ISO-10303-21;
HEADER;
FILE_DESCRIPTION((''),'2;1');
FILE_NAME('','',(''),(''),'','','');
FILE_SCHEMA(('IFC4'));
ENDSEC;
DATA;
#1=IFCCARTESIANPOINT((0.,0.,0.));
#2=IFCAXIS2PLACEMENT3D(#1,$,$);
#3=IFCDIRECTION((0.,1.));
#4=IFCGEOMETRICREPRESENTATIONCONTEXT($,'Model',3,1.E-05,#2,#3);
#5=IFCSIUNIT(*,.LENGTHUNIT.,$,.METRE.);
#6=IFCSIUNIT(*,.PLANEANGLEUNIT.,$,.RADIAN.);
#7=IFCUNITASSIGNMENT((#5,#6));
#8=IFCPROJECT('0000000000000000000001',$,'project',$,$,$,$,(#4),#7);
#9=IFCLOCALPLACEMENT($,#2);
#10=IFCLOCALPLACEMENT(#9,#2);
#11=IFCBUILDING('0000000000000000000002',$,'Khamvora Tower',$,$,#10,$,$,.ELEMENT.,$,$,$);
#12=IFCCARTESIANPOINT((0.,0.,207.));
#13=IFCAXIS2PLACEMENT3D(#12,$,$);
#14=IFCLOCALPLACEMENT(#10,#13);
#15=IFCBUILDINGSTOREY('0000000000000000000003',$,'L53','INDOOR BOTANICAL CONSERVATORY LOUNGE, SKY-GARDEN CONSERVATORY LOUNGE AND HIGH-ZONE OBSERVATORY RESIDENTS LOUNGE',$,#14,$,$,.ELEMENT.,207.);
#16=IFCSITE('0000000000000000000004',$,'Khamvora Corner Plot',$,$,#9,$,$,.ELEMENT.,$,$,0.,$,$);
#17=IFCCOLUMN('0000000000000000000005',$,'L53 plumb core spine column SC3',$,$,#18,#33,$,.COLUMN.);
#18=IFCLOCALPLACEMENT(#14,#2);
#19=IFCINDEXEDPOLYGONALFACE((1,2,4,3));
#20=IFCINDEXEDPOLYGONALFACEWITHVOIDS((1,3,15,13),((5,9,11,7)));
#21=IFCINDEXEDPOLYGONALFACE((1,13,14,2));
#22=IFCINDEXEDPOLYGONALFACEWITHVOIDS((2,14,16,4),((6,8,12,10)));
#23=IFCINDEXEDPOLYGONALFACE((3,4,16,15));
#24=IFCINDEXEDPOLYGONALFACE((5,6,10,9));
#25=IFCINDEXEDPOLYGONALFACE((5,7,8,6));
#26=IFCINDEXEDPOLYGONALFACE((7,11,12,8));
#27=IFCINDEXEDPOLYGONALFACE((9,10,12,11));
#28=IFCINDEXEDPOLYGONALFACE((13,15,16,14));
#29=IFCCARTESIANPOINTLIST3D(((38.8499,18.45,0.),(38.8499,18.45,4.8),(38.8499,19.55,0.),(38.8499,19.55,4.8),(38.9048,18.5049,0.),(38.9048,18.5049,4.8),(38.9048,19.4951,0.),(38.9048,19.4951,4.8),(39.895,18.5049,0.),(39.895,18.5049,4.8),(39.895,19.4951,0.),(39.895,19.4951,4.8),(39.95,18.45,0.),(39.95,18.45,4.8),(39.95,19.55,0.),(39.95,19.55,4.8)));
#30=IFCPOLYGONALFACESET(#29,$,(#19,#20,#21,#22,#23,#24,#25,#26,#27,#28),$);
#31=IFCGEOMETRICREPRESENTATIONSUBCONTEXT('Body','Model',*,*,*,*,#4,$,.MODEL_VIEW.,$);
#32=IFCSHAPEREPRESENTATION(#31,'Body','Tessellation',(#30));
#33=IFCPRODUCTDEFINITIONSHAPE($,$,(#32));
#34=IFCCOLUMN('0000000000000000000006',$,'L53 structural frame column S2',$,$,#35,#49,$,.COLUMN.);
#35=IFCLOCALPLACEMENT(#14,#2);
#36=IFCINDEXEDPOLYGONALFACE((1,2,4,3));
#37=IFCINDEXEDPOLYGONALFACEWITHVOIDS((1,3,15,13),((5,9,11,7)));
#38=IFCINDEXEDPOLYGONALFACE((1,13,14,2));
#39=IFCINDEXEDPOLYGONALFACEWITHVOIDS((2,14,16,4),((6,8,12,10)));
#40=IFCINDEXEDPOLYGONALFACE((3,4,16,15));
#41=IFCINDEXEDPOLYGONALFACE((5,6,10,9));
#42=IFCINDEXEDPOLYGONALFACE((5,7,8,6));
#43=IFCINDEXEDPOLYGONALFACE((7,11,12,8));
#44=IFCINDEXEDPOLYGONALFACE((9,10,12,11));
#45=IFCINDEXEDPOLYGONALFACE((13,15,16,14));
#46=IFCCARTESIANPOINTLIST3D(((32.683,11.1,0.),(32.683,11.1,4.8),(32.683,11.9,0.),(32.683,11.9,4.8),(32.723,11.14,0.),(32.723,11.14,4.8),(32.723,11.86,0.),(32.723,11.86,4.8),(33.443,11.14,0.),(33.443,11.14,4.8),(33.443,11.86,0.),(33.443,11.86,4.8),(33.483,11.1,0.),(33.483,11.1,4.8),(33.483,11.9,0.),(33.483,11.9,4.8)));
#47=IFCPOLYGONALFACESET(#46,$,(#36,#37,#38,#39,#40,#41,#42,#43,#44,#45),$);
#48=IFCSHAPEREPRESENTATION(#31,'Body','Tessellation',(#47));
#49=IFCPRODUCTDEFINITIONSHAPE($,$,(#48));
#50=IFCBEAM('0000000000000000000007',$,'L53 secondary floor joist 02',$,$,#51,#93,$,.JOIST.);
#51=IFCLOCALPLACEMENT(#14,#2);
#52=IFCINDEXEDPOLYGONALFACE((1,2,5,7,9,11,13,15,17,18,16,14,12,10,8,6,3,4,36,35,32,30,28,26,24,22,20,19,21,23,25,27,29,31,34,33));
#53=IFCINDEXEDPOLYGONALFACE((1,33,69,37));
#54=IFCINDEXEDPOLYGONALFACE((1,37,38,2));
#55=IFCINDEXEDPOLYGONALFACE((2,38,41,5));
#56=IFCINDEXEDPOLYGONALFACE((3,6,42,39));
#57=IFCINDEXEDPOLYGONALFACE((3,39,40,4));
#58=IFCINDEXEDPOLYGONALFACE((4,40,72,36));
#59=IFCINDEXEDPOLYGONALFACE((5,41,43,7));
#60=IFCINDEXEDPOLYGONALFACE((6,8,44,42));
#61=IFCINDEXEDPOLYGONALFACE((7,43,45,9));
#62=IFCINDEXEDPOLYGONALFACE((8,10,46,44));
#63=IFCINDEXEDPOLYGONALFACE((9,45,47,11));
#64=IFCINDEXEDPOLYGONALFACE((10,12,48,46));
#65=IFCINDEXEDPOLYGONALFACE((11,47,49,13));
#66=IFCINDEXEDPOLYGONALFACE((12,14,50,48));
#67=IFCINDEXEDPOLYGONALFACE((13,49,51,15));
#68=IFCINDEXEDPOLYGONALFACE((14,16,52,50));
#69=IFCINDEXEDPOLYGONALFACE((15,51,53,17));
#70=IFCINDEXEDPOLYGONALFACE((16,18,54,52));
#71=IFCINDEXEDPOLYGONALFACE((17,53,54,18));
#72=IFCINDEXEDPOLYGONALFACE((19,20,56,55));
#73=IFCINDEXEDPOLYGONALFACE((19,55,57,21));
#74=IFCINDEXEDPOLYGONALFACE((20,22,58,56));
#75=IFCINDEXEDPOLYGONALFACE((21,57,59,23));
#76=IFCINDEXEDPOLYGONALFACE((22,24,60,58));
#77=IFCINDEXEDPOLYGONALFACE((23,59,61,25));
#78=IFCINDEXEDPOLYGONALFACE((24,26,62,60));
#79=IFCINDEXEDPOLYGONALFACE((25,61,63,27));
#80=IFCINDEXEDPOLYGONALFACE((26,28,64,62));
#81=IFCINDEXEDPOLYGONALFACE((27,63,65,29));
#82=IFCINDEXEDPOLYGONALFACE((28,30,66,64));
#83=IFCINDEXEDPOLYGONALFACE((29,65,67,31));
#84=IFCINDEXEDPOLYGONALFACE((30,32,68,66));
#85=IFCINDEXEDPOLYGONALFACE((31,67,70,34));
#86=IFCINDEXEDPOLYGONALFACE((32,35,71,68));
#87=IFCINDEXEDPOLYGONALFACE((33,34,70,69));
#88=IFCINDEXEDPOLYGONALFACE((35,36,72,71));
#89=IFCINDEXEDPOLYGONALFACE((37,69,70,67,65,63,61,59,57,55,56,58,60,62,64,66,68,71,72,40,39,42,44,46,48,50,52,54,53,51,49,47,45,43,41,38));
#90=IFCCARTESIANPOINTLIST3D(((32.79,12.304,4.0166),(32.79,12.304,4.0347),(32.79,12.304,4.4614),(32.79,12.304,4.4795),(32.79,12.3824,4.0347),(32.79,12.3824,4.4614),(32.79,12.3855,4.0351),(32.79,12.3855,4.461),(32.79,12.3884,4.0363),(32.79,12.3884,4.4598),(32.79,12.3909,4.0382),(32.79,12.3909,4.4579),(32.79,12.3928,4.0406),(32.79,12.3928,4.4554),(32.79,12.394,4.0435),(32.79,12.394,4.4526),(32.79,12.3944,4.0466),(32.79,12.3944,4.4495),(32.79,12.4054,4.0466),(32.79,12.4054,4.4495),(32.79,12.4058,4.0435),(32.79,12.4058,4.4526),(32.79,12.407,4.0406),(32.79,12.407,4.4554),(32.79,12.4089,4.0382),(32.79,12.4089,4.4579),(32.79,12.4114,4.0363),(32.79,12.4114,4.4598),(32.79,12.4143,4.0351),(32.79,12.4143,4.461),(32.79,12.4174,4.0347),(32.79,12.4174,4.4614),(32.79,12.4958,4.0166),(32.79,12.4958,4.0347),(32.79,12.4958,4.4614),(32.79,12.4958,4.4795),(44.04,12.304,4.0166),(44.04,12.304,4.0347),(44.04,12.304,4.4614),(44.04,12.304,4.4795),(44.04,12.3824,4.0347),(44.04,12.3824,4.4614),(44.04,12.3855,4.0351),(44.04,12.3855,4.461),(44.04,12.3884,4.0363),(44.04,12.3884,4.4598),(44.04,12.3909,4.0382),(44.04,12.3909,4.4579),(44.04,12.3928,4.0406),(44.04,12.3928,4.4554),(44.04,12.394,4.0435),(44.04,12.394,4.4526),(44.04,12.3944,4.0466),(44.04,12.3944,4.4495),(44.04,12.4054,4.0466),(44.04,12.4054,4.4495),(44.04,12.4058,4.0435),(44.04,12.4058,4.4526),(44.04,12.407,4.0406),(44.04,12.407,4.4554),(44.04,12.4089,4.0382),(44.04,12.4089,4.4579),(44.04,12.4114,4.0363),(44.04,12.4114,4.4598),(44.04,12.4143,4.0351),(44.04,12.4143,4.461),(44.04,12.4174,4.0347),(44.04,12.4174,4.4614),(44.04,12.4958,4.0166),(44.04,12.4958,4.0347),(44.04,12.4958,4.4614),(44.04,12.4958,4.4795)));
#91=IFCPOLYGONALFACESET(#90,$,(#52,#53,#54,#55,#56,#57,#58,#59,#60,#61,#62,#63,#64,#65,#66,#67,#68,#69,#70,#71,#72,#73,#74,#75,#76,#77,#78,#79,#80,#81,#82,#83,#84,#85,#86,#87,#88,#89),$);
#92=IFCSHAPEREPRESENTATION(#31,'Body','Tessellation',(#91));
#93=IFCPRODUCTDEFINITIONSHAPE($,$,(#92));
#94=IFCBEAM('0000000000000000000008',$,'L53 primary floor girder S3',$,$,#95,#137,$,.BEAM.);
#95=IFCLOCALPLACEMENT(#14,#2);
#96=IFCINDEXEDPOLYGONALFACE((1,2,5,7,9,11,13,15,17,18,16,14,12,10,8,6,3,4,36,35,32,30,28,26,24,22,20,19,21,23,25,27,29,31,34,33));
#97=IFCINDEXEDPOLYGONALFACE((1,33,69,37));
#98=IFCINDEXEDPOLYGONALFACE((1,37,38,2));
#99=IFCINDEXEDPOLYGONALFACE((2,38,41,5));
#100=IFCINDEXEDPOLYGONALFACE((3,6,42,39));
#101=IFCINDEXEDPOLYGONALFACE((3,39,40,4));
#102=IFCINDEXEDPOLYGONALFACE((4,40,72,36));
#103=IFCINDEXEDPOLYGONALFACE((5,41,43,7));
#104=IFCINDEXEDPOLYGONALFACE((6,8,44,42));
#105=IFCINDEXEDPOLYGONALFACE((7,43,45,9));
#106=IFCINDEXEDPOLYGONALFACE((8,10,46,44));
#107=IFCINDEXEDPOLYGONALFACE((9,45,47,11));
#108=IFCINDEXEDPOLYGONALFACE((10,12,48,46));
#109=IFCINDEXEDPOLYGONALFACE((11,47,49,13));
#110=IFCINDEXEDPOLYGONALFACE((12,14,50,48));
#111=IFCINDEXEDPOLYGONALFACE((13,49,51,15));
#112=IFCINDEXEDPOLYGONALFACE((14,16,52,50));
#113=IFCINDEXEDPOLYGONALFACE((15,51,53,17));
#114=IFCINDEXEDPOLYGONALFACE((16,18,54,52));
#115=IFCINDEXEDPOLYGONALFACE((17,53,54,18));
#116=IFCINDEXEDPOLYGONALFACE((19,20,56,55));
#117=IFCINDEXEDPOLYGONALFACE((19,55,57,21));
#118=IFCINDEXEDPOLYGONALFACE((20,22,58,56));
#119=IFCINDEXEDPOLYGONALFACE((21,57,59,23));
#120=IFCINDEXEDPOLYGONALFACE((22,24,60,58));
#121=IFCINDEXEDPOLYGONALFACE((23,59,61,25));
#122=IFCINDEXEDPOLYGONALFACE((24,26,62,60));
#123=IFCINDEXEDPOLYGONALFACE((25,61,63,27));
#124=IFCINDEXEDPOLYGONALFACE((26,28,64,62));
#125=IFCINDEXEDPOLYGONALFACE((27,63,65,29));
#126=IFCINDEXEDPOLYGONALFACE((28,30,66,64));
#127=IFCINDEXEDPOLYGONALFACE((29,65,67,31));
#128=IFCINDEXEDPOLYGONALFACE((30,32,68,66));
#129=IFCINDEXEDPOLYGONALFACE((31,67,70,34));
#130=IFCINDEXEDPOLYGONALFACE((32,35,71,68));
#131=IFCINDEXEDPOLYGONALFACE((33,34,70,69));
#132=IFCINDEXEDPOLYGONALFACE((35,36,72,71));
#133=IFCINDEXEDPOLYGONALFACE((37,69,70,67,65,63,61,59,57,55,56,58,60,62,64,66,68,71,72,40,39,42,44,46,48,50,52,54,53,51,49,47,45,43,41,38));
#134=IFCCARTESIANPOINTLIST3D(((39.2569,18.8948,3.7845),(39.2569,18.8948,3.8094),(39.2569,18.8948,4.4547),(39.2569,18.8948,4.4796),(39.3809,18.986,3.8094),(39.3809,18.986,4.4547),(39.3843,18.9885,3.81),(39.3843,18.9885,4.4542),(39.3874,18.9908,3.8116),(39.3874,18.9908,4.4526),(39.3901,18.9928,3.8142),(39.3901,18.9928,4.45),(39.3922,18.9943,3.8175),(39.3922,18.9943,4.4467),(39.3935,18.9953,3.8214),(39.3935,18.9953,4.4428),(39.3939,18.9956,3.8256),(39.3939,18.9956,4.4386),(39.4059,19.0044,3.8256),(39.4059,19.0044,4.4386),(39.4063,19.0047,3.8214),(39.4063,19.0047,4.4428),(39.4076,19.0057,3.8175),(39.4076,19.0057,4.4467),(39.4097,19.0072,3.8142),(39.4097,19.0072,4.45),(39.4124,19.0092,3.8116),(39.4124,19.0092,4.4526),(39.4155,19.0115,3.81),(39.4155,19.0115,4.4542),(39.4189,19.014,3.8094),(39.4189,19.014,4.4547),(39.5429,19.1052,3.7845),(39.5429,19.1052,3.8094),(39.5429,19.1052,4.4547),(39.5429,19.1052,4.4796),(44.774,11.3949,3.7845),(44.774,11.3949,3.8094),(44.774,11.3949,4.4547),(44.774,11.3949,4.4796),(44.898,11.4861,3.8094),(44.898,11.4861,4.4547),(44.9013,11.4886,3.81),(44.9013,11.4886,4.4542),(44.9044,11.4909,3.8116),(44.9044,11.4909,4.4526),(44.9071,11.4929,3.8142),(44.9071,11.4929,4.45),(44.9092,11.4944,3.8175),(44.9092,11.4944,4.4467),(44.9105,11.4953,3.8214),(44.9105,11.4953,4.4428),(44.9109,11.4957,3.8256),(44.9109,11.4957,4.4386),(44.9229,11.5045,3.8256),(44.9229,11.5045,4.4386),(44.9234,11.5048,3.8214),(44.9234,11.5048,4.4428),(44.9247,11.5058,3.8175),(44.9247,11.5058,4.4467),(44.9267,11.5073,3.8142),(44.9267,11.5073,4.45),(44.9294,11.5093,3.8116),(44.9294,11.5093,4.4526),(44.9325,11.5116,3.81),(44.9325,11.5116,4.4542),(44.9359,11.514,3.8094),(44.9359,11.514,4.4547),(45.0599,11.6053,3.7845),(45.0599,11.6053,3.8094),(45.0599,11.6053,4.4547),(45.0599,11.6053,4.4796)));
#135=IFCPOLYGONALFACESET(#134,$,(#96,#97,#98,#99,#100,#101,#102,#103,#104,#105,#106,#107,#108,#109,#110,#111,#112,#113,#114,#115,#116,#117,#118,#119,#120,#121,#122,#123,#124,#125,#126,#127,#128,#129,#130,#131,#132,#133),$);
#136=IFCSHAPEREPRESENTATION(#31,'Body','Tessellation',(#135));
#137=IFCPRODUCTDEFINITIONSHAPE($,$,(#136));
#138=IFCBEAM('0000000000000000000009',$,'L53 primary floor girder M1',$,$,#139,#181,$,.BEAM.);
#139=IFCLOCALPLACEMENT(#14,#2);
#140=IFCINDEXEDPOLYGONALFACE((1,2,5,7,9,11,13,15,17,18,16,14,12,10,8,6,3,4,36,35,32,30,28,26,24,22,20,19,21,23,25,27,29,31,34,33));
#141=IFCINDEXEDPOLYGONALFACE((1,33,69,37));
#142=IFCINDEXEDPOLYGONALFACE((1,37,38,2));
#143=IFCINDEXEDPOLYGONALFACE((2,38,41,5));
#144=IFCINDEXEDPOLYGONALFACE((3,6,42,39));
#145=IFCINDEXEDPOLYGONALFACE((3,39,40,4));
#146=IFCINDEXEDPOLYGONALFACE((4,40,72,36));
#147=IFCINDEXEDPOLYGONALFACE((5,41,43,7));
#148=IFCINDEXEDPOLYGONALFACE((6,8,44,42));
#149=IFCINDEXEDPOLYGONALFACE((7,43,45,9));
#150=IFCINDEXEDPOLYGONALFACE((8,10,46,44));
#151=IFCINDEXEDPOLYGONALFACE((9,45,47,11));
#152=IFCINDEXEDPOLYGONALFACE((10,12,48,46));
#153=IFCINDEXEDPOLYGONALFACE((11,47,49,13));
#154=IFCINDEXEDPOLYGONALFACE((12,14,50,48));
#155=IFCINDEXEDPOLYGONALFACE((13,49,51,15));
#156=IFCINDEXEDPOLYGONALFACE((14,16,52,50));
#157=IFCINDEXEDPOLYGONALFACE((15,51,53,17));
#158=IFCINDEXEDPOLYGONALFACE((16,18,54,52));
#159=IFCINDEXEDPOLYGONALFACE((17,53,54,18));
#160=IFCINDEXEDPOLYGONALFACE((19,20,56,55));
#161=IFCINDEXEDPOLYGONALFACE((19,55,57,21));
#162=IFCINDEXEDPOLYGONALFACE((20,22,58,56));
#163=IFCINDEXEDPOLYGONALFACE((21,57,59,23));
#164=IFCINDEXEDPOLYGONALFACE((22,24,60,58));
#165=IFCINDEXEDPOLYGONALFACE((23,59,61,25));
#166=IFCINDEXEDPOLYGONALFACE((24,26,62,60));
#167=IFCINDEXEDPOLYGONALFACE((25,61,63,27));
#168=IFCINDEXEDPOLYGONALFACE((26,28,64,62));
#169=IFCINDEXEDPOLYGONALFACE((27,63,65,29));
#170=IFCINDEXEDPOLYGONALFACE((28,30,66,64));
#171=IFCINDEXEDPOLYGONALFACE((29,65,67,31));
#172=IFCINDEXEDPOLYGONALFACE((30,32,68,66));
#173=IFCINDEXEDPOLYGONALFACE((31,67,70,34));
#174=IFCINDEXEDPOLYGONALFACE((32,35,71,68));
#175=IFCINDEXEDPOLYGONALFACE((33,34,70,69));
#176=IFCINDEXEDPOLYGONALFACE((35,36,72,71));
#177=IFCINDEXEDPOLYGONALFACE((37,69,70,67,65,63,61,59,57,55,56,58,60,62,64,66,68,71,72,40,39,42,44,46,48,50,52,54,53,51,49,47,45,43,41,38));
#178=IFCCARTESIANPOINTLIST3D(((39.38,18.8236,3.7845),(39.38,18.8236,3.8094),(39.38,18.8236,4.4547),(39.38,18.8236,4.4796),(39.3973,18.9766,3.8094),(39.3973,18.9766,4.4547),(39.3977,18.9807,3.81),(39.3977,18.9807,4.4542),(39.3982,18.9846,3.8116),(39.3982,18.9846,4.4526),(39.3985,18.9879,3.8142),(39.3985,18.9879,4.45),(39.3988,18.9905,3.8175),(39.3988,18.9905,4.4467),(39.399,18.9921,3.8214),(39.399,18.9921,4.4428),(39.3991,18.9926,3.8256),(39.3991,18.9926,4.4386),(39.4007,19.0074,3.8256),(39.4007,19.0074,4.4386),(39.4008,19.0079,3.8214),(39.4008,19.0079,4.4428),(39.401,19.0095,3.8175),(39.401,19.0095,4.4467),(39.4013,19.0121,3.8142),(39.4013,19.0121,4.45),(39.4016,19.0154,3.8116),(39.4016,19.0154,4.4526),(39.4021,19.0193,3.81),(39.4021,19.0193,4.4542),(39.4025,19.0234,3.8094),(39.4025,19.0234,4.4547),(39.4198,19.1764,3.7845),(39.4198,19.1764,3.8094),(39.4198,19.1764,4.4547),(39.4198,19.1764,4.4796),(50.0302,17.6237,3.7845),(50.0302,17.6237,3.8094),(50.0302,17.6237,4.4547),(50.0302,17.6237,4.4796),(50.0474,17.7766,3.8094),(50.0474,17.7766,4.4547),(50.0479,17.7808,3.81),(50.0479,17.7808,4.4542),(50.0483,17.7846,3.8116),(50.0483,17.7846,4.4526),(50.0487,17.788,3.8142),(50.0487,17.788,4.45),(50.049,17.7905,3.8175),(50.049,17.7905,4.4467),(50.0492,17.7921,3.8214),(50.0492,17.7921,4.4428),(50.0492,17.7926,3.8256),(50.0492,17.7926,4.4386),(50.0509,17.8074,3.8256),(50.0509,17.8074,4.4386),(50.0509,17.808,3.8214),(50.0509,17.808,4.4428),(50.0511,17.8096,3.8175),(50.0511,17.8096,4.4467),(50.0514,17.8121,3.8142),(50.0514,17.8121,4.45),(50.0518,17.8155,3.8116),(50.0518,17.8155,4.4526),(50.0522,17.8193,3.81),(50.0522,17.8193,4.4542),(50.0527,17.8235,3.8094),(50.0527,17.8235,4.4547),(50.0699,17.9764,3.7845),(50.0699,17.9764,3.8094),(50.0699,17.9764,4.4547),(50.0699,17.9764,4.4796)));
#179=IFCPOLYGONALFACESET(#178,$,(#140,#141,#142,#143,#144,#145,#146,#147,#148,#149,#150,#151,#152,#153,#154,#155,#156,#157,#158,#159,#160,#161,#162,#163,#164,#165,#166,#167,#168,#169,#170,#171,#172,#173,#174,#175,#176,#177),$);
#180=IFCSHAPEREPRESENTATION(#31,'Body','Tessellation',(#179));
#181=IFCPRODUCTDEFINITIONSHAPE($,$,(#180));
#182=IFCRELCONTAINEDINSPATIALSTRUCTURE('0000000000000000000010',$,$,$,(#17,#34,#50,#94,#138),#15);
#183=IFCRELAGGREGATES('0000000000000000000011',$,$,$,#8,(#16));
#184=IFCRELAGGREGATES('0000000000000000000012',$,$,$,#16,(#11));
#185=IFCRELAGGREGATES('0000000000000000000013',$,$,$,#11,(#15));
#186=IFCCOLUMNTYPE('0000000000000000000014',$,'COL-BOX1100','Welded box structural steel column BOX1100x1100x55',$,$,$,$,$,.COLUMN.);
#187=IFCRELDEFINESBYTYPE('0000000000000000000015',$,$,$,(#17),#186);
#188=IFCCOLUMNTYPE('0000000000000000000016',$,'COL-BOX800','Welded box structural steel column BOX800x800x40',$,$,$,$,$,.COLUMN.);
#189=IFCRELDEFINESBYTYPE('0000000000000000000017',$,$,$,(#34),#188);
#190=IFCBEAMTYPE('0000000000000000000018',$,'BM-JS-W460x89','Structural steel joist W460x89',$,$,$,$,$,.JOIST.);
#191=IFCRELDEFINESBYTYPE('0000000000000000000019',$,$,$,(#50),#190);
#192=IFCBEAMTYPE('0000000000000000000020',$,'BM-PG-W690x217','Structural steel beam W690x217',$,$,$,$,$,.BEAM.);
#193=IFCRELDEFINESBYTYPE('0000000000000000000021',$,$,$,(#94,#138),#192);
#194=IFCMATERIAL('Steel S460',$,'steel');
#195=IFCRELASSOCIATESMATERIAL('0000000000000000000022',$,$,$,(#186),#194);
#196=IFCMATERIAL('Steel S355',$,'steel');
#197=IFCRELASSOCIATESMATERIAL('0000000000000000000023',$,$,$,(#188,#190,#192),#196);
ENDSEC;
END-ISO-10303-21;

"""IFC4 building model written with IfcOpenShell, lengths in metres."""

from ifc_helpers import new_model, si_unit, direction, frame, origin, origin_2d, place, context, subcontext, project, spatial, hollow_rectangle, i_section, extrude, material, material_profile, profile_set, type_object, element, save


model = new_model("IFC4")

# Units and contexts
model_context = context("Model", 3, precision=1e-05, world=origin(), true_north=direction((0.0, 1.0)))
body_context = subcontext(model_context, "Body", "Model", "MODEL_VIEW")
ifc_project = project(units=[si_unit("LENGTHUNIT", "METRE"), si_unit("PLANEANGLEUNIT", "RADIAN")], contexts=[model_context])

# Site, building, storey
site_placement = place(None, origin())
site = spatial("IfcSite", under=ifc_project, at=site_placement, Name="Khamvora Corner Plot", CompositionType="ELEMENT", RefElevation=0.0)
building_placement = place(site_placement, origin())
building = spatial("IfcBuilding", under=site, at=building_placement, Name="Khamvora Tower", CompositionType="ELEMENT")
storey_placement = place(building_placement, frame((0.0, 0.0, 207.0)))
storey = spatial("IfcBuildingStorey", under=building, at=storey_placement, Name="L53", Description="INDOOR BOTANICAL CONSERVATORY LOUNGE, SKY-GARDEN CONSERVATORY LOUNGE AND HIGH-ZONE OBSERVATORY RESIDENTS LOUNGE", CompositionType="ELEMENT", Elevation=207.0)

# Columns
ifc_material_1 = material(Name="Steel S460", Category="steel")
ifc_material_profile_1 = material_profile(ifc_material_1, hollow_rectangle(XDim=1.1001, YDim=1.1001, WallThickness=0.0549, at=origin_2d()), Name="BOX1100x1100x55")
ifc_profile_set_1 = profile_set([ifc_material_profile_1], Name="Steel S460")
column_type_1 = type_object("IfcColumnType", Name="COL-BOX1100", Description="Welded box structural steel column BOX1100x1100x55", PredefinedType="COLUMN", material=ifc_profile_set_1)
column_1_placement = place(storey_placement, frame((39.3999, 19.0, 0.0), z_axis=(0.0, 0.0, 1.0), x_axis=(1.0, 0.0, 0.0)))
element("IfcColumn", 1, at=column_1_placement, inside=storey, type_object=column_type_1, Name="L53 plumb core spine column SC3", PredefinedType="COLUMN", context=body_context, shape_type="SweptSolid", body=[
    extrude(hollow_rectangle(XDim=1.1001, YDim=1.1001, WallThickness=0.0549, at=origin_2d()), origin(), (0.0, 0.0, 1.0), 4.8),
])
ifc_material_2 = material(Name="Steel S355", Category="steel")
ifc_material_profile_2 = material_profile(ifc_material_2, hollow_rectangle(XDim=0.8, YDim=0.8, WallThickness=0.04, at=origin_2d()), Name="BOX800x800x40")
ifc_profile_set_2 = profile_set([ifc_material_profile_2], Name="Steel S355")
column_type_2 = type_object("IfcColumnType", Name="COL-BOX800", Description="Welded box structural steel column BOX800x800x40", PredefinedType="COLUMN", material=ifc_profile_set_2)
column_2_placement = place(storey_placement, frame((33.083, 11.5, 0.0), z_axis=(0.0, 0.0, 1.0), x_axis=(1.0, 0.0, 0.0)))
element("IfcColumn", 2, at=column_2_placement, inside=storey, type_object=column_type_2, Name="L53 structural frame column S2", PredefinedType="COLUMN", context=body_context, shape_type="SweptSolid", body=[
    extrude(hollow_rectangle(XDim=0.8, YDim=0.8, WallThickness=0.04, at=origin_2d()), origin(), (0.0, 0.0, 1.0), 4.8),
])

# Beams
ifc_material_profile_3 = material_profile(ifc_material_2, i_section(OverallWidth=0.1919, OverallDepth=0.4629, WebThickness=0.011, FlangeThickness=0.0181, FilletRadius=0.012, at=origin_2d()), Name="W460x89")
ifc_profile_set_3 = profile_set([ifc_material_profile_3], Name="Steel S355")
beam_type_1 = type_object("IfcBeamType", Name="BM-JS-W460x89", Description="Structural steel joist W460x89", PredefinedType="JOIST", material=ifc_profile_set_3)
beam_1_placement = place(storey_placement, frame((32.79, 12.3999, 4.248), z_axis=(1.0, 0.0, 0.0), x_axis=(0.0, 1.0, 0.0)))
element("IfcBeam", 3, at=beam_1_placement, inside=storey, type_object=beam_type_1, Name="L53 secondary floor joist 02", PredefinedType="JOIST", context=body_context, shape_type="SweptSolid", body=[
    extrude(i_section(OverallWidth=0.1919, OverallDepth=0.4629, WebThickness=0.011, FlangeThickness=0.0181, FilletRadius=0.012, at=origin_2d()), origin(), (0.0, 0.0, 1.0), 11.25),
])
ifc_material_profile_4 = material_profile(ifc_material_2, i_section(OverallWidth=0.355, OverallDepth=0.6951, WebThickness=0.0149, FlangeThickness=0.0249, FilletRadius=0.0161, at=origin_2d()), Name="W690x217")
ifc_profile_set_4 = profile_set([ifc_material_profile_4], Name="Steel S355")
beam_type_2 = type_object("IfcBeamType", Name="BM-PG-W690x217", Description="Structural steel beam W690x217", PredefinedType="BEAM", material=ifc_profile_set_4)
beam_2_placement = place(storey_placement, frame((39.3999, 19.0, 4.1321), z_axis=(0.592557, -0.805529, 0.0), x_axis=(0.805529, 0.592557, 0.0)))
element("IfcBeam", 4, at=beam_2_placement, inside=storey, type_object=beam_type_2, Name="L53 primary floor girder S3", PredefinedType="BEAM", context=body_context, shape_type="SweptSolid", body=[
    extrude(i_section(OverallWidth=0.355, OverallDepth=0.6951, WebThickness=0.0149, FlangeThickness=0.0249, FilletRadius=0.0161, at=origin_2d()), origin(), (0.0, 0.0, 1.0), 9.3105),
])
beam_3_placement = place(storey_placement, frame((39.3999, 19.0, 4.1321), z_axis=(0.993713, -0.111962, 0.0), x_axis=(0.111962, 0.993713, 0.0)))
element("IfcBeam", 5, at=beam_3_placement, inside=storey, type_object=beam_type_2, Name="L53 primary floor girder M1", PredefinedType="BEAM", context=body_context, shape_type="SweptSolid", body=[
    extrude(i_section(OverallWidth=0.355, OverallDepth=0.6951, WebThickness=0.0149, FlangeThickness=0.0249, FilletRadius=0.0161, at=origin_2d()), origin(), (0.0, 0.0, 1.0), 10.7175),
])

save(model, "model.ifc")
